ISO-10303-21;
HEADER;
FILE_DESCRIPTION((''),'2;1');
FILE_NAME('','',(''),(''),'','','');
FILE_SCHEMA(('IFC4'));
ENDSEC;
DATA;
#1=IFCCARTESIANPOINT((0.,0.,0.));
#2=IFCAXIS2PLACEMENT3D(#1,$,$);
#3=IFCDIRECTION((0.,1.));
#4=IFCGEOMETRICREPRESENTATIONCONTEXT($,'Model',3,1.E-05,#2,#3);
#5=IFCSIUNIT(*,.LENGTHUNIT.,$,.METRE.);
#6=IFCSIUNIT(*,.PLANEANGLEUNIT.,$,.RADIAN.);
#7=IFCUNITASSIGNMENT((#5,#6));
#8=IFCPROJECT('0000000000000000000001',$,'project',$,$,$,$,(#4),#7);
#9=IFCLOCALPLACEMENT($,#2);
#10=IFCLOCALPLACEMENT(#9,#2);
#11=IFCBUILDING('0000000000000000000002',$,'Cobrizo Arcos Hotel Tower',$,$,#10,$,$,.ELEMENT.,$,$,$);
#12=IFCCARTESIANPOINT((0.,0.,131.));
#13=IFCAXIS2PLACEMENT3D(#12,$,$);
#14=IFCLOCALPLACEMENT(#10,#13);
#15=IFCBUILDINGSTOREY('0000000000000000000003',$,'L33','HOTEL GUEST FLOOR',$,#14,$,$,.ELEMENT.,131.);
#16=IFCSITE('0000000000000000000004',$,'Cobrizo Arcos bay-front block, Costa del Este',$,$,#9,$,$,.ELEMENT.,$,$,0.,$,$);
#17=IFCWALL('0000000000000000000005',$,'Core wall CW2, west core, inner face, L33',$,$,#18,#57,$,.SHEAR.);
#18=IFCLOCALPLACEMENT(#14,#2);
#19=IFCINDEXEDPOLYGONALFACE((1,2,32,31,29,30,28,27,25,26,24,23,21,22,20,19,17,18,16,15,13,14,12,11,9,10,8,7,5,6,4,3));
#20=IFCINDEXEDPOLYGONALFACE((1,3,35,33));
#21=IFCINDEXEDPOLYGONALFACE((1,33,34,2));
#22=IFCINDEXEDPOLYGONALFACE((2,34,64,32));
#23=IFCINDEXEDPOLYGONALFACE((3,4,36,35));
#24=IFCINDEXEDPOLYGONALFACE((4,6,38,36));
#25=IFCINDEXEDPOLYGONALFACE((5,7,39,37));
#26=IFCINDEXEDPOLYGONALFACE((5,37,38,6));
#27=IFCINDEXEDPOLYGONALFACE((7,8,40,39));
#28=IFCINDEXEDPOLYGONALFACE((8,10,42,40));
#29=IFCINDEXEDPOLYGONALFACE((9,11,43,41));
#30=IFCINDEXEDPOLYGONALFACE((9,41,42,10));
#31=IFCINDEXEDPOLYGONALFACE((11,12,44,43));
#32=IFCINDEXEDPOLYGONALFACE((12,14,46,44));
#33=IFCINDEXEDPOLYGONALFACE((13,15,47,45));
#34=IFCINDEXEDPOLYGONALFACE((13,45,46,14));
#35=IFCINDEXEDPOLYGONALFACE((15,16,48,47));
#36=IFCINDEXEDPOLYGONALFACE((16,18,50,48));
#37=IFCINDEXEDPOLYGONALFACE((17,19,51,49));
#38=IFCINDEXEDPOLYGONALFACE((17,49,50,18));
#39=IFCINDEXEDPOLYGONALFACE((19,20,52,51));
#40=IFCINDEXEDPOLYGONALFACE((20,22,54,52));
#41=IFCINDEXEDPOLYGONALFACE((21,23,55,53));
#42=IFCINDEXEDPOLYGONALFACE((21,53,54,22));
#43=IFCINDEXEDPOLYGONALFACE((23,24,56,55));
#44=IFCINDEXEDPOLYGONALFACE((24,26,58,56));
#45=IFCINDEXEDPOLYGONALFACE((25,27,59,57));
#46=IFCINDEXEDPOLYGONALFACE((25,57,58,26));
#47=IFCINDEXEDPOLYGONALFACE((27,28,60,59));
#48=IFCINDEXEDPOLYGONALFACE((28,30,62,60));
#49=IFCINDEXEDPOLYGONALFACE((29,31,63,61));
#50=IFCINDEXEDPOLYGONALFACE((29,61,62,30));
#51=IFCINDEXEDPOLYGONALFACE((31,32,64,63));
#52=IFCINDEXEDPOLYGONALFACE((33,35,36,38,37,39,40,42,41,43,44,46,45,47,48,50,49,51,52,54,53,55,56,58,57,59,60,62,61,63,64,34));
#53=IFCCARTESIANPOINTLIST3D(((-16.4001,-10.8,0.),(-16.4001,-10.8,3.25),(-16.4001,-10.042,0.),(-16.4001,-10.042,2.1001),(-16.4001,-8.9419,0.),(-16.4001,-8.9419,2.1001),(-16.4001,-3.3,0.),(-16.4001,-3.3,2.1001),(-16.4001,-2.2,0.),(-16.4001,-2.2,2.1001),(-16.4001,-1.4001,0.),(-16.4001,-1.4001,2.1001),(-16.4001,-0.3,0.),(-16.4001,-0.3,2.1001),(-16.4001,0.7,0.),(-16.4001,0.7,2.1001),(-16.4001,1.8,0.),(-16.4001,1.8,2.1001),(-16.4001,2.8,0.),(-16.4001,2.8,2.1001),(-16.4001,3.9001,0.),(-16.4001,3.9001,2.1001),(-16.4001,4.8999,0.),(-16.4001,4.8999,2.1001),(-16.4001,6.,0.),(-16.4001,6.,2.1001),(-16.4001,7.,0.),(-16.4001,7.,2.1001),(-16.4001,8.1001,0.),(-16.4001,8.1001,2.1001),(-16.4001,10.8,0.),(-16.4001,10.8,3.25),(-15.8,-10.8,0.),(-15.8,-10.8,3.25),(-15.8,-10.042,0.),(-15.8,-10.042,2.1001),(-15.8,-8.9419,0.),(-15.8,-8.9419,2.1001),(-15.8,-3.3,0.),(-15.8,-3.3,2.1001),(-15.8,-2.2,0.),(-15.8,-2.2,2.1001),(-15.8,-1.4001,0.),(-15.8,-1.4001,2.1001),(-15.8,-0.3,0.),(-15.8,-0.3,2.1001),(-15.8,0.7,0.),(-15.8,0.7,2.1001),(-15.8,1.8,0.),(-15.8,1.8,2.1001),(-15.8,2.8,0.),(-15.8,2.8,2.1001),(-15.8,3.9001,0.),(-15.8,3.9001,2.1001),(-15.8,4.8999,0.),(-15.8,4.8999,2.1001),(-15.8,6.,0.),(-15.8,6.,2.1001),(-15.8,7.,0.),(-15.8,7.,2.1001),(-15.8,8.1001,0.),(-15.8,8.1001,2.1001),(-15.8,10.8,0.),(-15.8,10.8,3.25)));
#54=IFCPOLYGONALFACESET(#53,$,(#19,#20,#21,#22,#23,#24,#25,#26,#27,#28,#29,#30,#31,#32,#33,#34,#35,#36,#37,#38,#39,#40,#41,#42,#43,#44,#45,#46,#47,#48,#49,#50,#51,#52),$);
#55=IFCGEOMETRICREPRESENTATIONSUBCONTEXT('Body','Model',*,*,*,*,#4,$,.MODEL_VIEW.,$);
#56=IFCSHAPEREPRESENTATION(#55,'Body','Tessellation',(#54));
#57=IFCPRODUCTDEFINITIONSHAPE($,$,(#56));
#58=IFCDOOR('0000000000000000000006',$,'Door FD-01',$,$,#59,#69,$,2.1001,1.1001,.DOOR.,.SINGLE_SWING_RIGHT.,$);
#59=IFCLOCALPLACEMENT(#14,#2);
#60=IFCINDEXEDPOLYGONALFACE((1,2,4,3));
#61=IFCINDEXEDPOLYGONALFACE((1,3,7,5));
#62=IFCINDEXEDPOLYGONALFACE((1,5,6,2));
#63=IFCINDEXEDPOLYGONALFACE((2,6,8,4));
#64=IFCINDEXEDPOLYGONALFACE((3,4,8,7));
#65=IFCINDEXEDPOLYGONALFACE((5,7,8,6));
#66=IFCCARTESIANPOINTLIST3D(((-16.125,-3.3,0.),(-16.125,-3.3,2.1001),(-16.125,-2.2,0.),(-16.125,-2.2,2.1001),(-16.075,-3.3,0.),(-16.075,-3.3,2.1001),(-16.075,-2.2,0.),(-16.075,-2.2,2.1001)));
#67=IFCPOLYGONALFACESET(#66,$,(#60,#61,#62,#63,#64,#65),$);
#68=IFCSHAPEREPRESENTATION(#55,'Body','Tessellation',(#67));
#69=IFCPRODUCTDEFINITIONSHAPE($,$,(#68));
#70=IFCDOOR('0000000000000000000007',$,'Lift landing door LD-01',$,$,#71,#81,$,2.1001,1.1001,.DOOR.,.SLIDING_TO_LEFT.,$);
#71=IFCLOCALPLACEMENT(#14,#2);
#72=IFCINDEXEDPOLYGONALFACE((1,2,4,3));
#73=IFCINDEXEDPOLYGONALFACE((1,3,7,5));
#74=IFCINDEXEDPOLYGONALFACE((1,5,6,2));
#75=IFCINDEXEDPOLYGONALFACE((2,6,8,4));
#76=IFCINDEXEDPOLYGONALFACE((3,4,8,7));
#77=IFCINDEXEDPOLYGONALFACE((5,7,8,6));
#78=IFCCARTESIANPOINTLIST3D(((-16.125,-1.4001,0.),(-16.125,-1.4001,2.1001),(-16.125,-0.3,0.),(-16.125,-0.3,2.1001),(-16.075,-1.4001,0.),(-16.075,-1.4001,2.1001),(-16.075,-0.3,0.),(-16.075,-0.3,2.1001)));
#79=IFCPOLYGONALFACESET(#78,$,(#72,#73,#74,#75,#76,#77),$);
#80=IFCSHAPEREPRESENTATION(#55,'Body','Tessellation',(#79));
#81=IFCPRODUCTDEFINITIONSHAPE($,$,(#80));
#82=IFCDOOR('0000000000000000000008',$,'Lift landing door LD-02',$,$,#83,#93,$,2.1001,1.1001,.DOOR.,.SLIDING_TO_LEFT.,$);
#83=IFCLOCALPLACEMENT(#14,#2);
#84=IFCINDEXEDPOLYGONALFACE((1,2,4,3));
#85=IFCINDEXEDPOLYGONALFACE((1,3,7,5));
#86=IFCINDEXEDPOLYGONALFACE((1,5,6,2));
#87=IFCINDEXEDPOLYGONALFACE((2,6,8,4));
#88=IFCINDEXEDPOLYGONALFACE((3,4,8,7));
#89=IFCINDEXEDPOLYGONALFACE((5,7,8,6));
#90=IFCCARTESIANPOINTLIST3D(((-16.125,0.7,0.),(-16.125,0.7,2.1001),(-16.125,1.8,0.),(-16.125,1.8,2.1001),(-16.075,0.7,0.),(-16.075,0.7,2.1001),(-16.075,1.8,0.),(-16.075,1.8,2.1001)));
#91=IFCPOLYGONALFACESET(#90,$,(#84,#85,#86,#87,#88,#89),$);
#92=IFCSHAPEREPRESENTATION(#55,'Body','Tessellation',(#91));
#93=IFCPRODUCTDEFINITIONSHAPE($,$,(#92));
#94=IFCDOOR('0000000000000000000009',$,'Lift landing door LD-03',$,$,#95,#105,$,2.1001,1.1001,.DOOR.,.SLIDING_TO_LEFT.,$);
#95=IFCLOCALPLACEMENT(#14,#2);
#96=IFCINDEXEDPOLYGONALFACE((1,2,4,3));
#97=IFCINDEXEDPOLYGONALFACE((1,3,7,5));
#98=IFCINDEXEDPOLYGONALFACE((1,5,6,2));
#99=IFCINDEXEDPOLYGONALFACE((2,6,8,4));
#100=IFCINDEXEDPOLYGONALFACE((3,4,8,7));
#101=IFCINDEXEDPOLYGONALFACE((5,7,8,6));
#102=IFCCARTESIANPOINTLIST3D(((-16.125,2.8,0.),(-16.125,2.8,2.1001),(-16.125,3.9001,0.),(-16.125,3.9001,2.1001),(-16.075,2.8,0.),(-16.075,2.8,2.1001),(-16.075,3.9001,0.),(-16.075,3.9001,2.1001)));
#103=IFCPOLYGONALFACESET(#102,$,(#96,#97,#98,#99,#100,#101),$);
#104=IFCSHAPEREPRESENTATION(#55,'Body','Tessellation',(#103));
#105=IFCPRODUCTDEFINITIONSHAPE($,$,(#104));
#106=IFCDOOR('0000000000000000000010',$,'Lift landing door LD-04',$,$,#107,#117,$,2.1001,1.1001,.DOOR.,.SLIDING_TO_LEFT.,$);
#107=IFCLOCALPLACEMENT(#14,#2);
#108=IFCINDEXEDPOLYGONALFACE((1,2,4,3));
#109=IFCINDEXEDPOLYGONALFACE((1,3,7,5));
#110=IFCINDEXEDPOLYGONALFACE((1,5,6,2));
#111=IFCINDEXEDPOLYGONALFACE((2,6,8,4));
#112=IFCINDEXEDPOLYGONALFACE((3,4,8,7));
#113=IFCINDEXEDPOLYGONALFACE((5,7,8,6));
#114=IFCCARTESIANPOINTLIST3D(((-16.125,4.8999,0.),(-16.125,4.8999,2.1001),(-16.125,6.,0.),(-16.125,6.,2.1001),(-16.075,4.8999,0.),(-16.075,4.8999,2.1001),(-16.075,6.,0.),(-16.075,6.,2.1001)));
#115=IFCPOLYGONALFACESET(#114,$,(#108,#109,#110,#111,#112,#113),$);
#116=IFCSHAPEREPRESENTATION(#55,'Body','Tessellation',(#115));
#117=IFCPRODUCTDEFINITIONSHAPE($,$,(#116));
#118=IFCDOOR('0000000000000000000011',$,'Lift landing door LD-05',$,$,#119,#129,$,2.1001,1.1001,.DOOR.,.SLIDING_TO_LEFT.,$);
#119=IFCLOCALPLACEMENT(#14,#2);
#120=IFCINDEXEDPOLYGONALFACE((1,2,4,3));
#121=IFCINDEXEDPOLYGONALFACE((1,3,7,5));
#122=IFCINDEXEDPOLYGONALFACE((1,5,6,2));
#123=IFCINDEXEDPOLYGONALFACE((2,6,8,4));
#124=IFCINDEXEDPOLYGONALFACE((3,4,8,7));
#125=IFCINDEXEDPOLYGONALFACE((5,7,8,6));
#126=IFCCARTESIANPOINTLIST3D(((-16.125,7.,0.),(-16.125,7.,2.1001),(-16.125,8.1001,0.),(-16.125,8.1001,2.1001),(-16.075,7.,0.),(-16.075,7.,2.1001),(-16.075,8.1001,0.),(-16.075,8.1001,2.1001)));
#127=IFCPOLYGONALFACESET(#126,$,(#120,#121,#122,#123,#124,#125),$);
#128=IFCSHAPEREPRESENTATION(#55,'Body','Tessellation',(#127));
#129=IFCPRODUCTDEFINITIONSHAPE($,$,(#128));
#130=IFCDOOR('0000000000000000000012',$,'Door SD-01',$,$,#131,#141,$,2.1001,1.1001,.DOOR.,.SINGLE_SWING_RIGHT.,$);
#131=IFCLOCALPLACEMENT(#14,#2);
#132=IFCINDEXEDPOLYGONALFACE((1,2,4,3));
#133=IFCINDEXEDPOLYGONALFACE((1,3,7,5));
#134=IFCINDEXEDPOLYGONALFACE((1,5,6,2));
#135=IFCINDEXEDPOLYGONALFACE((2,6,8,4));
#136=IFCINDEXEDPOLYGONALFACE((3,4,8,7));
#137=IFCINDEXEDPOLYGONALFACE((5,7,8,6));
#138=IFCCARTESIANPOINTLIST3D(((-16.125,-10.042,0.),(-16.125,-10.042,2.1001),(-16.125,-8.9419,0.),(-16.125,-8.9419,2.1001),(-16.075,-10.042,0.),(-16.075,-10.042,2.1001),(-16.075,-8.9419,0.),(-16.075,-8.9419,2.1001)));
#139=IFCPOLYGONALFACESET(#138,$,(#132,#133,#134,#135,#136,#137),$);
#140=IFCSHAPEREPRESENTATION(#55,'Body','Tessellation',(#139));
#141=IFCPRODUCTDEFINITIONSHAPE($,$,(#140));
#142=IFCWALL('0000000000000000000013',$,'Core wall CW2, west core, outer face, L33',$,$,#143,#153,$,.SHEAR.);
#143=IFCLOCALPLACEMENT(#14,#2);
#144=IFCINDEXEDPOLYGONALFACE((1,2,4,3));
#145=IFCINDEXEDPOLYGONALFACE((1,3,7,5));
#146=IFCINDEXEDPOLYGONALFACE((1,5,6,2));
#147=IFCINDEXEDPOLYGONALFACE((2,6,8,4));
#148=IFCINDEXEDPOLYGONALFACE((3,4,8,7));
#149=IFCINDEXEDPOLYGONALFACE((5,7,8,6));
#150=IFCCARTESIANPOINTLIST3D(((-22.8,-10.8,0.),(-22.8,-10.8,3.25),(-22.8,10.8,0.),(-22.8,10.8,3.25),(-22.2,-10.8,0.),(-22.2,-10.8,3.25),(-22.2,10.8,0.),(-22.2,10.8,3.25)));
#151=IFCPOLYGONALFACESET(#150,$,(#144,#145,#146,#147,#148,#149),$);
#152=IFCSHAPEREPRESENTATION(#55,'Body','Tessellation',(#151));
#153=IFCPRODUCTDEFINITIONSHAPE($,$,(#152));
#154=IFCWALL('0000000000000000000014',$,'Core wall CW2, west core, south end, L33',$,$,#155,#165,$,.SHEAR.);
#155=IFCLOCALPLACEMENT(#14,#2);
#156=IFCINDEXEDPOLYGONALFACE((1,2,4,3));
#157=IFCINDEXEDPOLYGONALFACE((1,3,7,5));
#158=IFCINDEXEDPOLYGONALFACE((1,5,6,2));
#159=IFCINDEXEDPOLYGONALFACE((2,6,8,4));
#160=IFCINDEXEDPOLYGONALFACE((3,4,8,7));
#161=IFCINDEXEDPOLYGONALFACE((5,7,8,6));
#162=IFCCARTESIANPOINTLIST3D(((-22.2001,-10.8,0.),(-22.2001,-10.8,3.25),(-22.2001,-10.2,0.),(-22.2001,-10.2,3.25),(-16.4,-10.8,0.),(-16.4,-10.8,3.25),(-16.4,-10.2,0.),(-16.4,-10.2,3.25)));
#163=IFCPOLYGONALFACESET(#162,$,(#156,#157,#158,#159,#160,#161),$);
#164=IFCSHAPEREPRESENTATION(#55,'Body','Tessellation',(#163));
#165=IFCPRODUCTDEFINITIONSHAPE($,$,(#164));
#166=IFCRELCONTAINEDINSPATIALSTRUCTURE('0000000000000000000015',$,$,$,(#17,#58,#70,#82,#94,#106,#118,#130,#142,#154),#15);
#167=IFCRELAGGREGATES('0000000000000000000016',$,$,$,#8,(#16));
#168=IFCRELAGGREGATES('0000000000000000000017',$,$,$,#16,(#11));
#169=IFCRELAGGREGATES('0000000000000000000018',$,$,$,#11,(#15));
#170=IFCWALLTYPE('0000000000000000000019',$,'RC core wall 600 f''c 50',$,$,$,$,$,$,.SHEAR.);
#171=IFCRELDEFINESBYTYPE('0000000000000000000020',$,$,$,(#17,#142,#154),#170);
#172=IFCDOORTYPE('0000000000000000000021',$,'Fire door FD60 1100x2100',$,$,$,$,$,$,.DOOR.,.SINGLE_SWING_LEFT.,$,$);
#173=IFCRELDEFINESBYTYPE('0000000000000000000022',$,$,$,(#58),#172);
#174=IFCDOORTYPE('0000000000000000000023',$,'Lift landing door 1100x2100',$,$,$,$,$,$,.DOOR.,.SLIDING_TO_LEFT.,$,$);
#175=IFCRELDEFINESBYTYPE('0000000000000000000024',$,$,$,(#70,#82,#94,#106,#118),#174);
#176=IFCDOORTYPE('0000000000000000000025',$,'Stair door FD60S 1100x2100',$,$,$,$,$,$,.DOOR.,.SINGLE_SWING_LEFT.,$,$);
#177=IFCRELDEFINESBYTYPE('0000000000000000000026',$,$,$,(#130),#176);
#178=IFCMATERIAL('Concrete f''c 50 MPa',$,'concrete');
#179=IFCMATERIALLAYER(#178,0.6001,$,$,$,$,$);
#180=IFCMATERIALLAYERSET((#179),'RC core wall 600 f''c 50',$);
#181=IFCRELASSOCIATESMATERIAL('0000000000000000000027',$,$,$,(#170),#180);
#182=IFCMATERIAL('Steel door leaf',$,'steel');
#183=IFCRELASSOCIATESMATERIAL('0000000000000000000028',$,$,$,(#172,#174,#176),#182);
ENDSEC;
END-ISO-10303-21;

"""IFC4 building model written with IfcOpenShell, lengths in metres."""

from ifc_helpers import new_model, si_unit, direction, frame, frame_2d, origin, place, context, subcontext, project, spatial, rectangle, extrude, material, layer, layer_set, type_object, element, fill, save


model = new_model("IFC4")

# Units and contexts
model_context = context("Model", 3, precision=1e-05, world=origin(), true_north=direction((0.0, 1.0)))
body_context = subcontext(model_context, "Body", "Model", "MODEL_VIEW")
ifc_project = project(units=[si_unit("LENGTHUNIT", "METRE"), si_unit("PLANEANGLEUNIT", "RADIAN")], contexts=[model_context])

# Site, building, storey
site_placement = place(None, origin())
site = spatial("IfcSite", under=ifc_project, at=site_placement, Name="Cobrizo Arcos bay-front block, Costa del Este", CompositionType="ELEMENT", RefElevation=0.0)
building_placement = place(site_placement, origin())
building = spatial("IfcBuilding", under=site, at=building_placement, Name="Cobrizo Arcos Hotel Tower", CompositionType="ELEMENT")
storey_placement = place(building_placement, frame((0.0, 0.0, 131.0)))
storey = spatial("IfcBuildingStorey", under=building, at=storey_placement, Name="L33", Description="HOTEL GUEST FLOOR", CompositionType="ELEMENT", Elevation=131.0)

# Wall, openings, doors
ifc_material_1 = material(Name="Concrete f'c 50 MPa", Category="concrete")
ifc_layer_1 = layer(ifc_material_1, 0.6001)
ifc_layer_set_1 = layer_set([ifc_layer_1], Name="RC core wall 600 f'c 50")
wall_type_1 = type_object("IfcWallType", Name="RC core wall 600 f'c 50", PredefinedType="SHEAR", material=ifc_layer_set_1)
wall_1_placement = place(storey_placement, frame((-16.1001, -10.8, 0.0), z_axis=(0.0, 0.0, 1.0), x_axis=(0.0, 1.0, 0.0)))
wall_1 = element("IfcWall", 1, at=wall_1_placement, inside=storey, type_object=wall_type_1, Name="Core wall CW2, west core, inner face, L33", PredefinedType="SHEAR", context=body_context, shape_type="SweptSolid", body=[
    extrude(rectangle(XDim=21.6001, YDim=0.6001, at=frame_2d((10.8, 0.0))), origin(), (0.0, 0.0, 1.0), 3.25),
])
opening_1_placement = place(wall_1_placement, frame((9.3999, 0.0, 0.0)))
opening_1 = element("IfcOpeningElement", 2, at=opening_1_placement, cuts=wall_1, PredefinedType="OPENING", context=body_context, shape_type="SweptSolid", body=[
    extrude(rectangle(XDim=1.1001, YDim=2.1001, at=frame_2d((0.55, 1.05))), frame((0.0, 0.312, 0.0), z_axis=(0.0, -1.0, 0.0), x_axis=(1.0, 0.0, 0.0)), (0.0, 0.0, 1.0), 0.624),
])
opening_2_placement = place(wall_1_placement, frame((11.5, 0.0, 0.0)))
opening_2 = element("IfcOpeningElement", 3, at=opening_2_placement, cuts=wall_1, PredefinedType="OPENING", context=body_context, shape_type="SweptSolid", body=[
    extrude(rectangle(XDim=1.1001, YDim=2.1001, at=frame_2d((0.55, 1.05))), frame((0.0, 0.312, 0.0), z_axis=(0.0, -1.0, 0.0), x_axis=(1.0, 0.0, 0.0)), (0.0, 0.0, 1.0), 0.624),
])
opening_3_placement = place(wall_1_placement, frame((13.6001, 0.0, 0.0)))
opening_3 = element("IfcOpeningElement", 4, at=opening_3_placement, cuts=wall_1, PredefinedType="OPENING", context=body_context, shape_type="SweptSolid", body=[
    extrude(rectangle(XDim=1.1001, YDim=2.1001, at=frame_2d((0.55, 1.05))), frame((0.0, 0.312, 0.0), z_axis=(0.0, -1.0, 0.0), x_axis=(1.0, 0.0, 0.0)), (0.0, 0.0, 1.0), 0.624),
])
opening_4_placement = place(wall_1_placement, frame((15.7, 0.0, 0.0)))
opening_4 = element("IfcOpeningElement", 5, at=opening_4_placement, cuts=wall_1, PredefinedType="OPENING", context=body_context, shape_type="SweptSolid", body=[
    extrude(rectangle(XDim=1.1001, YDim=2.1001, at=frame_2d((0.55, 1.05))), frame((0.0, 0.312, 0.0), z_axis=(0.0, -1.0, 0.0), x_axis=(1.0, 0.0, 0.0)), (0.0, 0.0, 1.0), 0.624),
])
opening_5_placement = place(wall_1_placement, frame((17.8, 0.0, 0.0)))
opening_5 = element("IfcOpeningElement", 6, at=opening_5_placement, cuts=wall_1, PredefinedType="OPENING", context=body_context, shape_type="SweptSolid", body=[
    extrude(rectangle(XDim=1.1001, YDim=2.1001, at=frame_2d((0.55, 1.05))), frame((0.0, 0.312, 0.0), z_axis=(0.0, -1.0, 0.0), x_axis=(1.0, 0.0, 0.0)), (0.0, 0.0, 1.0), 0.624),
])
opening_6_placement = place(wall_1_placement, frame((0.7581, 0.0, 0.0)))
opening_6 = element("IfcOpeningElement", 7, at=opening_6_placement, cuts=wall_1, PredefinedType="OPENING", context=body_context, shape_type="SweptSolid", body=[
    extrude(rectangle(XDim=1.1001, YDim=2.1001, at=frame_2d((0.55, 1.05))), frame((0.0, 0.312, 0.0), z_axis=(0.0, -1.0, 0.0), x_axis=(1.0, 0.0, 0.0)), (0.0, 0.0, 1.0), 0.624),
])
opening_7_placement = place(wall_1_placement, frame((7.5, 0.0, 0.0)))
opening_7 = element("IfcOpeningElement", 8, at=opening_7_placement, cuts=wall_1, PredefinedType="OPENING", context=body_context, shape_type="SweptSolid", body=[
    extrude(rectangle(XDim=1.1001, YDim=2.1001, at=frame_2d((0.55, 1.05))), frame((0.0, 0.312, 0.0), z_axis=(0.0, -1.0, 0.0), x_axis=(1.0, 0.0, 0.0)), (0.0, 0.0, 1.0), 0.624),
])
ifc_material_2 = material(Name="Steel door leaf", Category="steel")
door_type_1 = type_object("IfcDoorType", Name="Fire door FD60 1100x2100", OperationType="SINGLE_SWING_LEFT", PredefinedType="DOOR", material=ifc_material_2)
door_1_placement = place(opening_7_placement, origin())
door_1 = element("IfcDoor", 9, at=door_1_placement, inside=storey, type_object=door_type_1, Name="Door FD-01", OperationType="SINGLE_SWING_RIGHT", OverallHeight=2.1001, OverallWidth=1.1001, PredefinedType="DOOR", context=body_context, shape_type="SweptSolid", body=[
    extrude(rectangle(XDim=1.1001, YDim=2.1001, at=frame_2d((0.55, 1.05))), frame((0.0, 0.0249, 0.0), z_axis=(0.0, -1.0, 0.0), x_axis=(1.0, 0.0, 0.0)), (0.0, 0.0, 1.0), 0.05),
])
fill(opening_7, door_1)
door_type_2 = type_object("IfcDoorType", Name="Lift landing door 1100x2100", OperationType="SLIDING_TO_LEFT", PredefinedType="DOOR", material=ifc_material_2)
door_2_placement = place(opening_1_placement, origin())
door_2 = element("IfcDoor", 10, at=door_2_placement, inside=storey, type_object=door_type_2, Name="Lift landing door LD-01", OperationType="SLIDING_TO_LEFT", OverallHeight=2.1001, OverallWidth=1.1001, PredefinedType="DOOR", context=body_context, shape_type="SweptSolid", body=[
    extrude(rectangle(XDim=1.1001, YDim=2.1001, at=frame_2d((0.55, 1.05))), frame((0.0, 0.0249, 0.0), z_axis=(0.0, -1.0, 0.0), x_axis=(1.0, 0.0, 0.0)), (0.0, 0.0, 1.0), 0.05),
])
fill(opening_1, door_2)
door_3_placement = place(opening_2_placement, origin())
door_3 = element("IfcDoor", 11, at=door_3_placement, inside=storey, type_object=door_type_2, Name="Lift landing door LD-02", OperationType="SLIDING_TO_LEFT", OverallHeight=2.1001, OverallWidth=1.1001, PredefinedType="DOOR", context=body_context, shape_type="SweptSolid", body=[
    extrude(rectangle(XDim=1.1001, YDim=2.1001, at=frame_2d((0.55, 1.05))), frame((0.0, 0.0249, 0.0), z_axis=(0.0, -1.0, 0.0), x_axis=(1.0, 0.0, 0.0)), (0.0, 0.0, 1.0), 0.05),
])
fill(opening_2, door_3)
door_4_placement = place(opening_3_placement, origin())
door_4 = element("IfcDoor", 12, at=door_4_placement, inside=storey, type_object=door_type_2, Name="Lift landing door LD-03", OperationType="SLIDING_TO_LEFT", OverallHeight=2.1001, OverallWidth=1.1001, PredefinedType="DOOR", context=body_context, shape_type="SweptSolid", body=[
    extrude(rectangle(XDim=1.1001, YDim=2.1001, at=frame_2d((0.55, 1.05))), frame((0.0, 0.0249, 0.0), z_axis=(0.0, -1.0, 0.0), x_axis=(1.0, 0.0, 0.0)), (0.0, 0.0, 1.0), 0.05),
])
fill(opening_3, door_4)
door_5_placement = place(opening_4_placement, origin())
door_5 = element("IfcDoor", 13, at=door_5_placement, inside=storey, type_object=door_type_2, Name="Lift landing door LD-04", OperationType="SLIDING_TO_LEFT", OverallHeight=2.1001, OverallWidth=1.1001, PredefinedType="DOOR", context=body_context, shape_type="SweptSolid", body=[
    extrude(rectangle(XDim=1.1001, YDim=2.1001, at=frame_2d((0.55, 1.05))), frame((0.0, 0.0249, 0.0), z_axis=(0.0, -1.0, 0.0), x_axis=(1.0, 0.0, 0.0)), (0.0, 0.0, 1.0), 0.05),
])
fill(opening_4, door_5)
door_6_placement = place(opening_5_placement, origin())
door_6 = element("IfcDoor", 14, at=door_6_placement, inside=storey, type_object=door_type_2, Name="Lift landing door LD-05", OperationType="SLIDING_TO_LEFT", OverallHeight=2.1001, OverallWidth=1.1001, PredefinedType="DOOR", context=body_context, shape_type="SweptSolid", body=[
    extrude(rectangle(XDim=1.1001, YDim=2.1001, at=frame_2d((0.55, 1.05))), frame((0.0, 0.0249, 0.0), z_axis=(0.0, -1.0, 0.0), x_axis=(1.0, 0.0, 0.0)), (0.0, 0.0, 1.0), 0.05),
])
fill(opening_5, door_6)
door_type_3 = type_object("IfcDoorType", Name="Stair door FD60S 1100x2100", OperationType="SINGLE_SWING_LEFT", PredefinedType="DOOR", material=ifc_material_2)
door_7_placement = place(opening_6_placement, origin())
door_7 = element("IfcDoor", 15, at=door_7_placement, inside=storey, type_object=door_type_3, Name="Door SD-01", OperationType="SINGLE_SWING_RIGHT", OverallHeight=2.1001, OverallWidth=1.1001, PredefinedType="DOOR", context=body_context, shape_type="SweptSolid", body=[
    extrude(rectangle(XDim=1.1001, YDim=2.1001, at=frame_2d((0.55, 1.05))), frame((0.0, 0.0249, 0.0), z_axis=(0.0, -1.0, 0.0), x_axis=(1.0, 0.0, 0.0)), (0.0, 0.0, 1.0), 0.05),
])
fill(opening_6, door_7)

# Walls
wall_2_placement = place(storey_placement, frame((-22.5, -10.8, 0.0), z_axis=(0.0, 0.0, 1.0), x_axis=(0.0, 1.0, 0.0)))
element("IfcWall", 16, at=wall_2_placement, inside=storey, type_object=wall_type_1, Name="Core wall CW2, west core, outer face, L33", PredefinedType="SHEAR", context=body_context, shape_type="SweptSolid", body=[
    extrude(rectangle(XDim=21.6001, YDim=0.6001, at=frame_2d((10.8, 0.0))), origin(), (0.0, 0.0, 1.0), 3.25),
])
wall_3_placement = place(storey_placement, frame((-22.2, -10.5, 0.0), z_axis=(0.0, 0.0, 1.0), x_axis=(1.0, 0.0, 0.0)))
element("IfcWall", 17, at=wall_3_placement, inside=storey, type_object=wall_type_1, Name="Core wall CW2, west core, south end, L33", PredefinedType="SHEAR", context=body_context, shape_type="SweptSolid", body=[
    extrude(rectangle(XDim=5.8, YDim=0.6001, at=frame_2d((2.8999, 0.0))), origin(), (0.0, 0.0, 1.0), 3.25),
])

save(model, "model.ifc")
